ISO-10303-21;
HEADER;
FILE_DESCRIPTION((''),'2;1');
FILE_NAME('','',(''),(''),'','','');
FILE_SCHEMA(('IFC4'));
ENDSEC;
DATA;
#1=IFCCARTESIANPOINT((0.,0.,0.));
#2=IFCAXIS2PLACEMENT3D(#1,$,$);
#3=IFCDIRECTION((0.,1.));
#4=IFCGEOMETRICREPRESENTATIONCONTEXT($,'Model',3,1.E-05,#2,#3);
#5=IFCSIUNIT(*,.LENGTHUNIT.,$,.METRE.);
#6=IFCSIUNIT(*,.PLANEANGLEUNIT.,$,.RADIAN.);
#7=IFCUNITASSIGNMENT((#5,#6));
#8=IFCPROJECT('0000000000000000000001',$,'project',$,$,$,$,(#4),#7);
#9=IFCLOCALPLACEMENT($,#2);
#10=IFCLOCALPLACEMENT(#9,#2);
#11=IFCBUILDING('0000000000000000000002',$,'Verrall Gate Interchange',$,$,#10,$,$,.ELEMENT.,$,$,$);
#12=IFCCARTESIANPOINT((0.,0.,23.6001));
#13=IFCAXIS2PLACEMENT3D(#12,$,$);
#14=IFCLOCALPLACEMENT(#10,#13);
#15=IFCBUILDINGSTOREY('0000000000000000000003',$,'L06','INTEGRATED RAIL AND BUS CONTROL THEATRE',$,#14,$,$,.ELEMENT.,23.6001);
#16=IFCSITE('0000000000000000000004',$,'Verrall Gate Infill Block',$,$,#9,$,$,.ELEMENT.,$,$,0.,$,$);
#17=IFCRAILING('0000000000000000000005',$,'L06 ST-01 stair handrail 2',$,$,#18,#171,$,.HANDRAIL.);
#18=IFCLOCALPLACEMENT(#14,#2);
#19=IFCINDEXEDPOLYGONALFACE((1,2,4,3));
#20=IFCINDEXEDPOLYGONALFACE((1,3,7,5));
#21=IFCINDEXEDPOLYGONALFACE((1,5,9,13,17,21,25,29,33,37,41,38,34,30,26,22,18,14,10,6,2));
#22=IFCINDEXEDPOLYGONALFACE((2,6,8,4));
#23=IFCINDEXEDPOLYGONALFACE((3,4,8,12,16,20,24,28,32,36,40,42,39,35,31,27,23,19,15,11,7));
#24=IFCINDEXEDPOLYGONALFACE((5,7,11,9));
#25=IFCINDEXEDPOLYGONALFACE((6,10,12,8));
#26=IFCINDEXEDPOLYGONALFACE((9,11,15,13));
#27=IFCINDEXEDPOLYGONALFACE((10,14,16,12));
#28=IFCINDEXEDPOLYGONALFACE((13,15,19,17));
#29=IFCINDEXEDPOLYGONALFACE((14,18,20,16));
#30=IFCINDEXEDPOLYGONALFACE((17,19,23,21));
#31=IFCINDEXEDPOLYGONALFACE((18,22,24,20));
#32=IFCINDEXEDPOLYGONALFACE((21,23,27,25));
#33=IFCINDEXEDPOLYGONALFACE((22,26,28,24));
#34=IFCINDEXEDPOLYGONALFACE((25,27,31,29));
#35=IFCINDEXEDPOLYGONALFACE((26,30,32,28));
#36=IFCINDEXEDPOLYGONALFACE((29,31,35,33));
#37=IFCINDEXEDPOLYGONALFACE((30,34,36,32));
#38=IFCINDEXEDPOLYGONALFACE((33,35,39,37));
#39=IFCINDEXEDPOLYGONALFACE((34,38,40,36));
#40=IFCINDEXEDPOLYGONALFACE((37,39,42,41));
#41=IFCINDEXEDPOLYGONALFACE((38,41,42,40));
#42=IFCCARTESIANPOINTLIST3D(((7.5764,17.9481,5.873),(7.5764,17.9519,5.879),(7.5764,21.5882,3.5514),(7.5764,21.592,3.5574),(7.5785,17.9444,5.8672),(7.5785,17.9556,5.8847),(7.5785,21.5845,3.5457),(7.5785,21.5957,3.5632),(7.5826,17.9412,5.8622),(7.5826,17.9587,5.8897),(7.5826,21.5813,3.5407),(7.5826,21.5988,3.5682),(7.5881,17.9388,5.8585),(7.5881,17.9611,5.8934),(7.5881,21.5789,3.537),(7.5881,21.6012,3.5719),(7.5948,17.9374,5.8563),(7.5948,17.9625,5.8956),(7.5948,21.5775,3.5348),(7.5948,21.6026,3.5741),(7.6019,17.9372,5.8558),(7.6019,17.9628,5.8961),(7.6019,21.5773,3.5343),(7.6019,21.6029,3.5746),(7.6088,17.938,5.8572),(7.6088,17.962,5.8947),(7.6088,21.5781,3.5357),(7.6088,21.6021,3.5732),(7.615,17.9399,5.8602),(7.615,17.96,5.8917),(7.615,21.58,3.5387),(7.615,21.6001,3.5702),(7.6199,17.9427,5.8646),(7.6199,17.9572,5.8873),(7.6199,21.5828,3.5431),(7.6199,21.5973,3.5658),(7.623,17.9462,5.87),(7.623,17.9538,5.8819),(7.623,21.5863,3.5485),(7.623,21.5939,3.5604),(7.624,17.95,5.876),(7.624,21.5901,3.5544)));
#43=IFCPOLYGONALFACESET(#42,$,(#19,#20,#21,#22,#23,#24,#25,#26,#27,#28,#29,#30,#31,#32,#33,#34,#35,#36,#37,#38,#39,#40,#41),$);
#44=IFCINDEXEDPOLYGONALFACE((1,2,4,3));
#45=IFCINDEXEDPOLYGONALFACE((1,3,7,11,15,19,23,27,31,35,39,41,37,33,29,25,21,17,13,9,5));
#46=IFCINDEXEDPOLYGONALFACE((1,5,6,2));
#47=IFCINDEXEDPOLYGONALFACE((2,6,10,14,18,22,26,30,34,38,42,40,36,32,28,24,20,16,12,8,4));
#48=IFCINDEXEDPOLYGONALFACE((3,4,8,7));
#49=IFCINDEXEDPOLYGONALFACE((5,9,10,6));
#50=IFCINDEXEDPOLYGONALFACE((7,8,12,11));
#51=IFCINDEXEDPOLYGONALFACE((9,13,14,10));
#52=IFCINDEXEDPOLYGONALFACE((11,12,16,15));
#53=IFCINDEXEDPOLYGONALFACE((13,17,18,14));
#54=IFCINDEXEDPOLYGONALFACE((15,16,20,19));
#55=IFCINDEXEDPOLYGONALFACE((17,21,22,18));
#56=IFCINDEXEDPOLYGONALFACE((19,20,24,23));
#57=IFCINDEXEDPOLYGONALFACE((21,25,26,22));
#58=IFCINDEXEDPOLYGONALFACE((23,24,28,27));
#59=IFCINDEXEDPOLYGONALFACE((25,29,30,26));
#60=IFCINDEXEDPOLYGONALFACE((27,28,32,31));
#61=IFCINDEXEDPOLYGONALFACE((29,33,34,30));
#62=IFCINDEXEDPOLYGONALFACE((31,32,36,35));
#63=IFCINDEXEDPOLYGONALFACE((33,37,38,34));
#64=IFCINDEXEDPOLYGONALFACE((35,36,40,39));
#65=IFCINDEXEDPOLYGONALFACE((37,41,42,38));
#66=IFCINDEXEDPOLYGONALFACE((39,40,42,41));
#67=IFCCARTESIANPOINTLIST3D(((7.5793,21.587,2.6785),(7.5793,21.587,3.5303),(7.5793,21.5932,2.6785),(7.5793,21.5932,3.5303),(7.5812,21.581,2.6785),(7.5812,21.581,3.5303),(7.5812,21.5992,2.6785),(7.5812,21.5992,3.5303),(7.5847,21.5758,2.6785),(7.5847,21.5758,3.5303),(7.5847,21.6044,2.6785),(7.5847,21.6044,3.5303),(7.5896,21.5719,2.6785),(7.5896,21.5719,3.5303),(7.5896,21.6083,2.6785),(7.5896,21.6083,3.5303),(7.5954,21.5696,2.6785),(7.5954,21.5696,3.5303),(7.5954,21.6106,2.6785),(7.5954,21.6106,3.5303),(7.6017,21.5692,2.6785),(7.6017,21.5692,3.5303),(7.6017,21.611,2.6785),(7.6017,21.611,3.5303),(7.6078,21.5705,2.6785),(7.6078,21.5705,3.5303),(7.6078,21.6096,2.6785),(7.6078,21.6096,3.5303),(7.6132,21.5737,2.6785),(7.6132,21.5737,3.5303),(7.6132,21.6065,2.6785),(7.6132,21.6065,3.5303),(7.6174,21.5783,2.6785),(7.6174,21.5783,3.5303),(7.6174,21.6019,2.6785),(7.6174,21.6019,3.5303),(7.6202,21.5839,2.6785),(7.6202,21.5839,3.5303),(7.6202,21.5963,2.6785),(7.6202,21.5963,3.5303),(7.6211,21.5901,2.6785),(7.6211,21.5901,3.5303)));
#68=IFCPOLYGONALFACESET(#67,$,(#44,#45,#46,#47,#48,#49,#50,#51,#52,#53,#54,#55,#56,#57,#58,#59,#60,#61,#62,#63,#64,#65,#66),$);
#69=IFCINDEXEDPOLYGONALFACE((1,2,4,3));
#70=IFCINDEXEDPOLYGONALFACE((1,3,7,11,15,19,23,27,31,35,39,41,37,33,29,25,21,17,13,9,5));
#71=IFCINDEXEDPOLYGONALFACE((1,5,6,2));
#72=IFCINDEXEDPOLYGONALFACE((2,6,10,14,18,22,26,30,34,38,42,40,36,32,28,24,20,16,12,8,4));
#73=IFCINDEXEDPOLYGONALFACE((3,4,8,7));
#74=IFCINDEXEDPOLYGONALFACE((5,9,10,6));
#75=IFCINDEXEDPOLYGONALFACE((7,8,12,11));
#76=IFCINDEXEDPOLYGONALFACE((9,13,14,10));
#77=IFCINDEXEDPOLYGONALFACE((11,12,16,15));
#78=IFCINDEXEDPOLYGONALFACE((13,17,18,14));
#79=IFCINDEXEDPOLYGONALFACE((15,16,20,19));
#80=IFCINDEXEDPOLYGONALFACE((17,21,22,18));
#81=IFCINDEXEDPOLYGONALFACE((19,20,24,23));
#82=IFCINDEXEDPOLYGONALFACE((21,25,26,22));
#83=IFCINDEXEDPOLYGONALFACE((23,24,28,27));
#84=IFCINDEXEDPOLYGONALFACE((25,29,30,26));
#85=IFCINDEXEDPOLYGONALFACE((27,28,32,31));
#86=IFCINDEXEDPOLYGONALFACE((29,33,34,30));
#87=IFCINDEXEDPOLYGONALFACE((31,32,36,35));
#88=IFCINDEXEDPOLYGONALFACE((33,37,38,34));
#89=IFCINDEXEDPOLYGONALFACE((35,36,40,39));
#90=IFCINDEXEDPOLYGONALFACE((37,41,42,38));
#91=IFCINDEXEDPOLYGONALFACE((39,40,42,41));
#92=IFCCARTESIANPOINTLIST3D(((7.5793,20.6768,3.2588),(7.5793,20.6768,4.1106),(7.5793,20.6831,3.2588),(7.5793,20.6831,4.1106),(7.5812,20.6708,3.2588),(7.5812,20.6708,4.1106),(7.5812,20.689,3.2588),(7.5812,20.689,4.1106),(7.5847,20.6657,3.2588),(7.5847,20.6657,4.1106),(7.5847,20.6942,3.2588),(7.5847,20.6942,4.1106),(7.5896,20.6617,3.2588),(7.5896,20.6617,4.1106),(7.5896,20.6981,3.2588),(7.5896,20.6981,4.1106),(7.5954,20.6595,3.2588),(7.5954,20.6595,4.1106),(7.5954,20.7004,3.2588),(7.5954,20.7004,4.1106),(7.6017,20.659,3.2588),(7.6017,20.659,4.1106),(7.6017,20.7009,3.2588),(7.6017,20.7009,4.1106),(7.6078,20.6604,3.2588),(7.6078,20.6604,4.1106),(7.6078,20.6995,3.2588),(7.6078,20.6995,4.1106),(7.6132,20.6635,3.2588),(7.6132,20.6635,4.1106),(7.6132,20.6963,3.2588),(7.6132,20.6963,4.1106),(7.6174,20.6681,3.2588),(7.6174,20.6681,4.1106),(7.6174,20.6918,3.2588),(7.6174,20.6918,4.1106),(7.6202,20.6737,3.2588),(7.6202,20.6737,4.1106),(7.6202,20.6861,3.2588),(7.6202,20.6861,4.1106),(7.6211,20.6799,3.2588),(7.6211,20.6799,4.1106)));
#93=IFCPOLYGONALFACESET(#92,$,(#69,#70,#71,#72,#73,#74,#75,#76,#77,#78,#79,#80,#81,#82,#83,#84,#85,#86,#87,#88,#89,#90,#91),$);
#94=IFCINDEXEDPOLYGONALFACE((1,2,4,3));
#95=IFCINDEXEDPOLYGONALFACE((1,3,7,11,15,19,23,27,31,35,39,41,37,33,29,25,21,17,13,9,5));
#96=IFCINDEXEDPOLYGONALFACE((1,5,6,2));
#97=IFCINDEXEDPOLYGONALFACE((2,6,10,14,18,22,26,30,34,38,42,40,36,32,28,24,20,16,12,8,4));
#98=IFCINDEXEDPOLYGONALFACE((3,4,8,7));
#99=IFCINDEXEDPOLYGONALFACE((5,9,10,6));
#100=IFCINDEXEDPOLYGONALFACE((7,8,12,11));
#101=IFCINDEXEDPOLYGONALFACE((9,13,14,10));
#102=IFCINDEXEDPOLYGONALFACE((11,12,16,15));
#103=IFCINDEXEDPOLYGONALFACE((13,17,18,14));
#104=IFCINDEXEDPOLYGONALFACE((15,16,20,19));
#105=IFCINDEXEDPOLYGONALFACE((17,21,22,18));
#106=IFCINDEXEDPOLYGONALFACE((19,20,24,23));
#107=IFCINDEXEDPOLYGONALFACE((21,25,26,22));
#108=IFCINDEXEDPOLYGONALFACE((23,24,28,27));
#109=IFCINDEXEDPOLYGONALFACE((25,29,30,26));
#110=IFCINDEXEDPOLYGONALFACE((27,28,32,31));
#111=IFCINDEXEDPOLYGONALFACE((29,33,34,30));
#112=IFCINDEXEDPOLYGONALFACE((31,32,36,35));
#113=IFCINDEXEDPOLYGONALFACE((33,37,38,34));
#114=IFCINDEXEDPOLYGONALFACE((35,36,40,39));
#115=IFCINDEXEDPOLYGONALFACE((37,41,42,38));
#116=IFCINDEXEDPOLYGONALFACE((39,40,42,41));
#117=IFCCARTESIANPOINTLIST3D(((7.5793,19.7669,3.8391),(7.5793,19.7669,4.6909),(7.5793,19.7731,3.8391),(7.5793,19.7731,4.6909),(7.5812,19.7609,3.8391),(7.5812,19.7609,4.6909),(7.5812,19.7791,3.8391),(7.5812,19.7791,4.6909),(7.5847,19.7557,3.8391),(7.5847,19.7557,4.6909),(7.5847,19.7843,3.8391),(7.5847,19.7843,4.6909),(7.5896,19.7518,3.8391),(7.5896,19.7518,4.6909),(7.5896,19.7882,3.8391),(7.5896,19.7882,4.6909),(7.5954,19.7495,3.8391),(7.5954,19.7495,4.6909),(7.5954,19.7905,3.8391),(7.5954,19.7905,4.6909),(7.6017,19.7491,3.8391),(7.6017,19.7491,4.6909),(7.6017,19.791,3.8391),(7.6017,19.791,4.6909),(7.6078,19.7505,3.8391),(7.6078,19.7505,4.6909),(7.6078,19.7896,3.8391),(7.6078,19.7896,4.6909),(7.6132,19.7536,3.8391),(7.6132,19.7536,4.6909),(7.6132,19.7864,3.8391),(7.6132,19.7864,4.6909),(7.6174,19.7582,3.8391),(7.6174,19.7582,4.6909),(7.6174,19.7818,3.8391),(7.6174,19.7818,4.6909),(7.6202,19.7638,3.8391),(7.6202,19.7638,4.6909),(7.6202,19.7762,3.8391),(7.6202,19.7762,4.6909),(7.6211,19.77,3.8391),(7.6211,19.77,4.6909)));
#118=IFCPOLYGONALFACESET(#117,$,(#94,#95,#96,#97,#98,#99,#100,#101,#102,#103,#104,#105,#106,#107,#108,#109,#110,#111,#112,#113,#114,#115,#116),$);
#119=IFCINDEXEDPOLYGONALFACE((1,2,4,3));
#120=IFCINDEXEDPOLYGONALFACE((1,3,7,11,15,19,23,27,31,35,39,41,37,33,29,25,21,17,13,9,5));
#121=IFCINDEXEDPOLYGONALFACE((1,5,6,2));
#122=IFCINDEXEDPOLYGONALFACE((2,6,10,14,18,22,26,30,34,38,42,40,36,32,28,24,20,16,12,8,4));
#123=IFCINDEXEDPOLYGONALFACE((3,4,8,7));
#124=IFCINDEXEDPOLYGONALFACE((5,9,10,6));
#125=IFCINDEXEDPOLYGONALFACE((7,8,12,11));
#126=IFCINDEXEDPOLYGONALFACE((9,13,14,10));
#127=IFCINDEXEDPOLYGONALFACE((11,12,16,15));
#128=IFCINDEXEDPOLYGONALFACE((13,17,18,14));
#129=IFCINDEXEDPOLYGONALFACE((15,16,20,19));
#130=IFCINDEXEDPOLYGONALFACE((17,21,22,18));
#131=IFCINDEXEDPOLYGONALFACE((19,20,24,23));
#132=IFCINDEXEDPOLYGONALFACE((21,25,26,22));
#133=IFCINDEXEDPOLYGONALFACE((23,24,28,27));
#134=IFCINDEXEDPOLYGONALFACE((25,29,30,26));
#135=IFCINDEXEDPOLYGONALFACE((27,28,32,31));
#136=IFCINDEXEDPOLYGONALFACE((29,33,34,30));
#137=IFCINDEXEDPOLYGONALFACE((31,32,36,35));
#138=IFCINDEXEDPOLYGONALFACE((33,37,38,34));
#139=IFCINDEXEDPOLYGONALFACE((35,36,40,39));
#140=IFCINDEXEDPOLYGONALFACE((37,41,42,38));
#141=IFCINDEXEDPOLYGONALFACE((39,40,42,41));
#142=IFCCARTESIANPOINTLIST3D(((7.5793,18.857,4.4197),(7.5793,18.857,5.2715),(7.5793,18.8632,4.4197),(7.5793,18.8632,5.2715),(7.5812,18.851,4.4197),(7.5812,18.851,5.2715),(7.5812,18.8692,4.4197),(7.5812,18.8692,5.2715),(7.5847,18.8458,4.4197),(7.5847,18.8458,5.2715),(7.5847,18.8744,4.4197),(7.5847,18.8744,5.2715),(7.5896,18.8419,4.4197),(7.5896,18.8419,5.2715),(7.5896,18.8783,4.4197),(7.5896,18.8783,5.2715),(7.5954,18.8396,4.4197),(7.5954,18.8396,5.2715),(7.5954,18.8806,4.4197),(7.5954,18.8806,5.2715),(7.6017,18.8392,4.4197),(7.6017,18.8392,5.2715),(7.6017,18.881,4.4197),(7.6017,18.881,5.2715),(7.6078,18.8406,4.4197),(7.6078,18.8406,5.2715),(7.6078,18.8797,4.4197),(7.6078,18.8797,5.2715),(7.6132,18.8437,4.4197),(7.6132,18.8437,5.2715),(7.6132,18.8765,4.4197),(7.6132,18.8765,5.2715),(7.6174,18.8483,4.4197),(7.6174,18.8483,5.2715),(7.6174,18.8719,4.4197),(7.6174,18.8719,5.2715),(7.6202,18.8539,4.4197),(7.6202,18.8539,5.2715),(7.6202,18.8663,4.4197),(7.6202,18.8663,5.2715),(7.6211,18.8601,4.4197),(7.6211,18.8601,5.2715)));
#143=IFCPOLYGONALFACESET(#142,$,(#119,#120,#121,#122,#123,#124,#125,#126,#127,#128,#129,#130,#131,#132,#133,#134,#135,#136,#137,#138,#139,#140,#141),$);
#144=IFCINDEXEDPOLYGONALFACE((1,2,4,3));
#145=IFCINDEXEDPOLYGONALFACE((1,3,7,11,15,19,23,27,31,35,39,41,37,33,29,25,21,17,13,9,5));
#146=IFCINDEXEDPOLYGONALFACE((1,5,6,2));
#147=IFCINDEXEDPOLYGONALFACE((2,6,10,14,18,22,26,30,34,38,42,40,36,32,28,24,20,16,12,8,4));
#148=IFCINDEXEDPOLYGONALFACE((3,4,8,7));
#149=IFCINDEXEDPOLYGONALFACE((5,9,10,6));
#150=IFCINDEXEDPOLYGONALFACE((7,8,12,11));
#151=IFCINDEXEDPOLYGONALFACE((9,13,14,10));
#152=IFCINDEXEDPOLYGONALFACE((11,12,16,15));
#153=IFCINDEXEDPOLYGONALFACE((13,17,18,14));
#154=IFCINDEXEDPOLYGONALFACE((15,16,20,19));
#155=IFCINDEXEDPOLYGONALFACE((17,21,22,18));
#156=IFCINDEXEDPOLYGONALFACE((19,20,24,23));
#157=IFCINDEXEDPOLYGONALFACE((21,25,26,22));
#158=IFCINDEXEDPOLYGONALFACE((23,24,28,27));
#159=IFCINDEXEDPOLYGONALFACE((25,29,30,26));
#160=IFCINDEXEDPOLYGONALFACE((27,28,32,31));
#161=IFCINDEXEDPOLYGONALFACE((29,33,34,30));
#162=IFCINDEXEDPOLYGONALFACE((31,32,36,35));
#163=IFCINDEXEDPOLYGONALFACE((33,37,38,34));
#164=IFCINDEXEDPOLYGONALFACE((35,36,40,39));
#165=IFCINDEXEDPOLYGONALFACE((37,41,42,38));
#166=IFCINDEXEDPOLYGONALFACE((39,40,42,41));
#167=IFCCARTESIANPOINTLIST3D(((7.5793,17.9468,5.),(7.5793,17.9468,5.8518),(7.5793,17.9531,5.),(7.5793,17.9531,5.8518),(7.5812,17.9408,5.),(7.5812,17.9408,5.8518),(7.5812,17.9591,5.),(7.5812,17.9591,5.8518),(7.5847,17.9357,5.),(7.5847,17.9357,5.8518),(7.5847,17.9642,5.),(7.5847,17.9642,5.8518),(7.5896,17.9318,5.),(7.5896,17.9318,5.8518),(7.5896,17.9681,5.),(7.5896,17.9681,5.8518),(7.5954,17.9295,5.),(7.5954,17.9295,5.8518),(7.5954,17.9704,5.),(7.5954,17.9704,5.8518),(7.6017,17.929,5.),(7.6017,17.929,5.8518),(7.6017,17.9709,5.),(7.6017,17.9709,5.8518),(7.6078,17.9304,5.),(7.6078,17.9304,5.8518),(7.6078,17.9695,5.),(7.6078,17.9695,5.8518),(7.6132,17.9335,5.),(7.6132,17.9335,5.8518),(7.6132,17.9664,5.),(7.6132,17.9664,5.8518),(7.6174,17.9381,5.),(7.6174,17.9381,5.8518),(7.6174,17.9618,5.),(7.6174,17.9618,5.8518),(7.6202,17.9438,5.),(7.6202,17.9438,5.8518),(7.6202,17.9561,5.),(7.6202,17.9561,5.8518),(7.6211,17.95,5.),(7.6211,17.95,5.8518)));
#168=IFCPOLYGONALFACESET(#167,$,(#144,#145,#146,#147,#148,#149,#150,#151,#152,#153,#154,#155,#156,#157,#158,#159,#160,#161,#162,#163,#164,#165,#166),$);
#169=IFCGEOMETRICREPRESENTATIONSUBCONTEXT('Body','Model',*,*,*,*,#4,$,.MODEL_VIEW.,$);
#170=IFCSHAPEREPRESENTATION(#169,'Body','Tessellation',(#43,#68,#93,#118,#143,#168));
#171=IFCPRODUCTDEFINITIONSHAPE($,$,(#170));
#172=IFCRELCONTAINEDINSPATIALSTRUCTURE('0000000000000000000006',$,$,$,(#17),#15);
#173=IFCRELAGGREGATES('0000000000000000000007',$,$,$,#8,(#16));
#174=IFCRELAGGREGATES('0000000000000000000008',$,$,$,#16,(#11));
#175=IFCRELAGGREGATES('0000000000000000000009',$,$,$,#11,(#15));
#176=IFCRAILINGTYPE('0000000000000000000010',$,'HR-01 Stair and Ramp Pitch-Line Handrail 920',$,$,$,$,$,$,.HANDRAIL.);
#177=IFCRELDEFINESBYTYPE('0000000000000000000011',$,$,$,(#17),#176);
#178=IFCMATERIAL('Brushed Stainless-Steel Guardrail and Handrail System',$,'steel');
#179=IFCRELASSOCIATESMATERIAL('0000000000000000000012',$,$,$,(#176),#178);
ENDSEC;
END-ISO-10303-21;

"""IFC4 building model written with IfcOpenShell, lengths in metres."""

from ifc_helpers import new_model, si_unit, direction, frame, origin, origin_2d, place, context, subcontext, project, spatial, circle, extrude, material, type_object, element, save


model = new_model("IFC4")

# Units and contexts
model_context = context("Model", 3, precision=1e-05, world=origin(), true_north=direction((0.0, 1.0)))
body_context = subcontext(model_context, "Body", "Model", "MODEL_VIEW")
ifc_project = project(units=[si_unit("LENGTHUNIT", "METRE"), si_unit("PLANEANGLEUNIT", "RADIAN")], contexts=[model_context])

# Site, building, storey
site_placement = place(None, origin())
site = spatial("IfcSite", under=ifc_project, at=site_placement, Name="Verrall Gate Infill Block", CompositionType="ELEMENT", RefElevation=0.0)
building_placement = place(site_placement, origin())
building = spatial("IfcBuilding", under=site, at=building_placement, Name="Verrall Gate Interchange", CompositionType="ELEMENT")
storey_placement = place(building_placement, frame((0.0, 0.0, 23.6001)))
storey = spatial("IfcBuildingStorey", under=building, at=storey_placement, Name="L06", Description="INTEGRATED RAIL AND BUS CONTROL THEATRE", CompositionType="ELEMENT", Elevation=23.6001)

# Railing
ifc_material_1 = material(Name="Brushed Stainless-Steel Guardrail and Handrail System", Category="steel")
railing_type_1 = type_object("IfcRailingType", Name="HR-01 Stair and Ramp Pitch-Line Handrail 920", PredefinedType="HANDRAIL", material=ifc_material_1)
railing_1_placement = place(storey_placement, frame((7.6001, 21.5901, 2.6785)))
element("IfcRailing", 1, at=railing_1_placement, inside=storey, type_object=railing_type_1, Name="L06 ST-01 stair handrail 2", PredefinedType="HANDRAIL", context=body_context, shape_type="SweptSolid", body=[
    extrude(circle(Radius=0.0239, at=origin_2d()), frame((0.0, 0.0, 0.876), z_axis=(0.0, -0.843128, 0.537713), x_axis=(1.0, 0.0, 0.0)), (0.0, 0.0, 1.0), 4.3174),
    extrude(circle(Radius=0.021, at=origin_2d()), origin(), (0.0, 0.0, 1.0), 0.8518),
    extrude(circle(Radius=0.021, at=origin_2d()), frame((0.0, -0.9102, 0.5803)), (0.0, 0.0, 1.0), 0.8518),
    extrude(circle(Radius=0.021, at=origin_2d()), frame((0.0, -1.8201, 1.1606)), (0.0, 0.0, 1.0), 0.8518),
    extrude(circle(Radius=0.021, at=origin_2d()), frame((0.0, -2.73, 1.7412)), (0.0, 0.0, 1.0), 0.8518),
    extrude(circle(Radius=0.021, at=origin_2d()), frame((0.0, -3.6401, 2.3215)), (0.0, 0.0, 1.0), 0.8518),
])

save(model, "model.ifc")
